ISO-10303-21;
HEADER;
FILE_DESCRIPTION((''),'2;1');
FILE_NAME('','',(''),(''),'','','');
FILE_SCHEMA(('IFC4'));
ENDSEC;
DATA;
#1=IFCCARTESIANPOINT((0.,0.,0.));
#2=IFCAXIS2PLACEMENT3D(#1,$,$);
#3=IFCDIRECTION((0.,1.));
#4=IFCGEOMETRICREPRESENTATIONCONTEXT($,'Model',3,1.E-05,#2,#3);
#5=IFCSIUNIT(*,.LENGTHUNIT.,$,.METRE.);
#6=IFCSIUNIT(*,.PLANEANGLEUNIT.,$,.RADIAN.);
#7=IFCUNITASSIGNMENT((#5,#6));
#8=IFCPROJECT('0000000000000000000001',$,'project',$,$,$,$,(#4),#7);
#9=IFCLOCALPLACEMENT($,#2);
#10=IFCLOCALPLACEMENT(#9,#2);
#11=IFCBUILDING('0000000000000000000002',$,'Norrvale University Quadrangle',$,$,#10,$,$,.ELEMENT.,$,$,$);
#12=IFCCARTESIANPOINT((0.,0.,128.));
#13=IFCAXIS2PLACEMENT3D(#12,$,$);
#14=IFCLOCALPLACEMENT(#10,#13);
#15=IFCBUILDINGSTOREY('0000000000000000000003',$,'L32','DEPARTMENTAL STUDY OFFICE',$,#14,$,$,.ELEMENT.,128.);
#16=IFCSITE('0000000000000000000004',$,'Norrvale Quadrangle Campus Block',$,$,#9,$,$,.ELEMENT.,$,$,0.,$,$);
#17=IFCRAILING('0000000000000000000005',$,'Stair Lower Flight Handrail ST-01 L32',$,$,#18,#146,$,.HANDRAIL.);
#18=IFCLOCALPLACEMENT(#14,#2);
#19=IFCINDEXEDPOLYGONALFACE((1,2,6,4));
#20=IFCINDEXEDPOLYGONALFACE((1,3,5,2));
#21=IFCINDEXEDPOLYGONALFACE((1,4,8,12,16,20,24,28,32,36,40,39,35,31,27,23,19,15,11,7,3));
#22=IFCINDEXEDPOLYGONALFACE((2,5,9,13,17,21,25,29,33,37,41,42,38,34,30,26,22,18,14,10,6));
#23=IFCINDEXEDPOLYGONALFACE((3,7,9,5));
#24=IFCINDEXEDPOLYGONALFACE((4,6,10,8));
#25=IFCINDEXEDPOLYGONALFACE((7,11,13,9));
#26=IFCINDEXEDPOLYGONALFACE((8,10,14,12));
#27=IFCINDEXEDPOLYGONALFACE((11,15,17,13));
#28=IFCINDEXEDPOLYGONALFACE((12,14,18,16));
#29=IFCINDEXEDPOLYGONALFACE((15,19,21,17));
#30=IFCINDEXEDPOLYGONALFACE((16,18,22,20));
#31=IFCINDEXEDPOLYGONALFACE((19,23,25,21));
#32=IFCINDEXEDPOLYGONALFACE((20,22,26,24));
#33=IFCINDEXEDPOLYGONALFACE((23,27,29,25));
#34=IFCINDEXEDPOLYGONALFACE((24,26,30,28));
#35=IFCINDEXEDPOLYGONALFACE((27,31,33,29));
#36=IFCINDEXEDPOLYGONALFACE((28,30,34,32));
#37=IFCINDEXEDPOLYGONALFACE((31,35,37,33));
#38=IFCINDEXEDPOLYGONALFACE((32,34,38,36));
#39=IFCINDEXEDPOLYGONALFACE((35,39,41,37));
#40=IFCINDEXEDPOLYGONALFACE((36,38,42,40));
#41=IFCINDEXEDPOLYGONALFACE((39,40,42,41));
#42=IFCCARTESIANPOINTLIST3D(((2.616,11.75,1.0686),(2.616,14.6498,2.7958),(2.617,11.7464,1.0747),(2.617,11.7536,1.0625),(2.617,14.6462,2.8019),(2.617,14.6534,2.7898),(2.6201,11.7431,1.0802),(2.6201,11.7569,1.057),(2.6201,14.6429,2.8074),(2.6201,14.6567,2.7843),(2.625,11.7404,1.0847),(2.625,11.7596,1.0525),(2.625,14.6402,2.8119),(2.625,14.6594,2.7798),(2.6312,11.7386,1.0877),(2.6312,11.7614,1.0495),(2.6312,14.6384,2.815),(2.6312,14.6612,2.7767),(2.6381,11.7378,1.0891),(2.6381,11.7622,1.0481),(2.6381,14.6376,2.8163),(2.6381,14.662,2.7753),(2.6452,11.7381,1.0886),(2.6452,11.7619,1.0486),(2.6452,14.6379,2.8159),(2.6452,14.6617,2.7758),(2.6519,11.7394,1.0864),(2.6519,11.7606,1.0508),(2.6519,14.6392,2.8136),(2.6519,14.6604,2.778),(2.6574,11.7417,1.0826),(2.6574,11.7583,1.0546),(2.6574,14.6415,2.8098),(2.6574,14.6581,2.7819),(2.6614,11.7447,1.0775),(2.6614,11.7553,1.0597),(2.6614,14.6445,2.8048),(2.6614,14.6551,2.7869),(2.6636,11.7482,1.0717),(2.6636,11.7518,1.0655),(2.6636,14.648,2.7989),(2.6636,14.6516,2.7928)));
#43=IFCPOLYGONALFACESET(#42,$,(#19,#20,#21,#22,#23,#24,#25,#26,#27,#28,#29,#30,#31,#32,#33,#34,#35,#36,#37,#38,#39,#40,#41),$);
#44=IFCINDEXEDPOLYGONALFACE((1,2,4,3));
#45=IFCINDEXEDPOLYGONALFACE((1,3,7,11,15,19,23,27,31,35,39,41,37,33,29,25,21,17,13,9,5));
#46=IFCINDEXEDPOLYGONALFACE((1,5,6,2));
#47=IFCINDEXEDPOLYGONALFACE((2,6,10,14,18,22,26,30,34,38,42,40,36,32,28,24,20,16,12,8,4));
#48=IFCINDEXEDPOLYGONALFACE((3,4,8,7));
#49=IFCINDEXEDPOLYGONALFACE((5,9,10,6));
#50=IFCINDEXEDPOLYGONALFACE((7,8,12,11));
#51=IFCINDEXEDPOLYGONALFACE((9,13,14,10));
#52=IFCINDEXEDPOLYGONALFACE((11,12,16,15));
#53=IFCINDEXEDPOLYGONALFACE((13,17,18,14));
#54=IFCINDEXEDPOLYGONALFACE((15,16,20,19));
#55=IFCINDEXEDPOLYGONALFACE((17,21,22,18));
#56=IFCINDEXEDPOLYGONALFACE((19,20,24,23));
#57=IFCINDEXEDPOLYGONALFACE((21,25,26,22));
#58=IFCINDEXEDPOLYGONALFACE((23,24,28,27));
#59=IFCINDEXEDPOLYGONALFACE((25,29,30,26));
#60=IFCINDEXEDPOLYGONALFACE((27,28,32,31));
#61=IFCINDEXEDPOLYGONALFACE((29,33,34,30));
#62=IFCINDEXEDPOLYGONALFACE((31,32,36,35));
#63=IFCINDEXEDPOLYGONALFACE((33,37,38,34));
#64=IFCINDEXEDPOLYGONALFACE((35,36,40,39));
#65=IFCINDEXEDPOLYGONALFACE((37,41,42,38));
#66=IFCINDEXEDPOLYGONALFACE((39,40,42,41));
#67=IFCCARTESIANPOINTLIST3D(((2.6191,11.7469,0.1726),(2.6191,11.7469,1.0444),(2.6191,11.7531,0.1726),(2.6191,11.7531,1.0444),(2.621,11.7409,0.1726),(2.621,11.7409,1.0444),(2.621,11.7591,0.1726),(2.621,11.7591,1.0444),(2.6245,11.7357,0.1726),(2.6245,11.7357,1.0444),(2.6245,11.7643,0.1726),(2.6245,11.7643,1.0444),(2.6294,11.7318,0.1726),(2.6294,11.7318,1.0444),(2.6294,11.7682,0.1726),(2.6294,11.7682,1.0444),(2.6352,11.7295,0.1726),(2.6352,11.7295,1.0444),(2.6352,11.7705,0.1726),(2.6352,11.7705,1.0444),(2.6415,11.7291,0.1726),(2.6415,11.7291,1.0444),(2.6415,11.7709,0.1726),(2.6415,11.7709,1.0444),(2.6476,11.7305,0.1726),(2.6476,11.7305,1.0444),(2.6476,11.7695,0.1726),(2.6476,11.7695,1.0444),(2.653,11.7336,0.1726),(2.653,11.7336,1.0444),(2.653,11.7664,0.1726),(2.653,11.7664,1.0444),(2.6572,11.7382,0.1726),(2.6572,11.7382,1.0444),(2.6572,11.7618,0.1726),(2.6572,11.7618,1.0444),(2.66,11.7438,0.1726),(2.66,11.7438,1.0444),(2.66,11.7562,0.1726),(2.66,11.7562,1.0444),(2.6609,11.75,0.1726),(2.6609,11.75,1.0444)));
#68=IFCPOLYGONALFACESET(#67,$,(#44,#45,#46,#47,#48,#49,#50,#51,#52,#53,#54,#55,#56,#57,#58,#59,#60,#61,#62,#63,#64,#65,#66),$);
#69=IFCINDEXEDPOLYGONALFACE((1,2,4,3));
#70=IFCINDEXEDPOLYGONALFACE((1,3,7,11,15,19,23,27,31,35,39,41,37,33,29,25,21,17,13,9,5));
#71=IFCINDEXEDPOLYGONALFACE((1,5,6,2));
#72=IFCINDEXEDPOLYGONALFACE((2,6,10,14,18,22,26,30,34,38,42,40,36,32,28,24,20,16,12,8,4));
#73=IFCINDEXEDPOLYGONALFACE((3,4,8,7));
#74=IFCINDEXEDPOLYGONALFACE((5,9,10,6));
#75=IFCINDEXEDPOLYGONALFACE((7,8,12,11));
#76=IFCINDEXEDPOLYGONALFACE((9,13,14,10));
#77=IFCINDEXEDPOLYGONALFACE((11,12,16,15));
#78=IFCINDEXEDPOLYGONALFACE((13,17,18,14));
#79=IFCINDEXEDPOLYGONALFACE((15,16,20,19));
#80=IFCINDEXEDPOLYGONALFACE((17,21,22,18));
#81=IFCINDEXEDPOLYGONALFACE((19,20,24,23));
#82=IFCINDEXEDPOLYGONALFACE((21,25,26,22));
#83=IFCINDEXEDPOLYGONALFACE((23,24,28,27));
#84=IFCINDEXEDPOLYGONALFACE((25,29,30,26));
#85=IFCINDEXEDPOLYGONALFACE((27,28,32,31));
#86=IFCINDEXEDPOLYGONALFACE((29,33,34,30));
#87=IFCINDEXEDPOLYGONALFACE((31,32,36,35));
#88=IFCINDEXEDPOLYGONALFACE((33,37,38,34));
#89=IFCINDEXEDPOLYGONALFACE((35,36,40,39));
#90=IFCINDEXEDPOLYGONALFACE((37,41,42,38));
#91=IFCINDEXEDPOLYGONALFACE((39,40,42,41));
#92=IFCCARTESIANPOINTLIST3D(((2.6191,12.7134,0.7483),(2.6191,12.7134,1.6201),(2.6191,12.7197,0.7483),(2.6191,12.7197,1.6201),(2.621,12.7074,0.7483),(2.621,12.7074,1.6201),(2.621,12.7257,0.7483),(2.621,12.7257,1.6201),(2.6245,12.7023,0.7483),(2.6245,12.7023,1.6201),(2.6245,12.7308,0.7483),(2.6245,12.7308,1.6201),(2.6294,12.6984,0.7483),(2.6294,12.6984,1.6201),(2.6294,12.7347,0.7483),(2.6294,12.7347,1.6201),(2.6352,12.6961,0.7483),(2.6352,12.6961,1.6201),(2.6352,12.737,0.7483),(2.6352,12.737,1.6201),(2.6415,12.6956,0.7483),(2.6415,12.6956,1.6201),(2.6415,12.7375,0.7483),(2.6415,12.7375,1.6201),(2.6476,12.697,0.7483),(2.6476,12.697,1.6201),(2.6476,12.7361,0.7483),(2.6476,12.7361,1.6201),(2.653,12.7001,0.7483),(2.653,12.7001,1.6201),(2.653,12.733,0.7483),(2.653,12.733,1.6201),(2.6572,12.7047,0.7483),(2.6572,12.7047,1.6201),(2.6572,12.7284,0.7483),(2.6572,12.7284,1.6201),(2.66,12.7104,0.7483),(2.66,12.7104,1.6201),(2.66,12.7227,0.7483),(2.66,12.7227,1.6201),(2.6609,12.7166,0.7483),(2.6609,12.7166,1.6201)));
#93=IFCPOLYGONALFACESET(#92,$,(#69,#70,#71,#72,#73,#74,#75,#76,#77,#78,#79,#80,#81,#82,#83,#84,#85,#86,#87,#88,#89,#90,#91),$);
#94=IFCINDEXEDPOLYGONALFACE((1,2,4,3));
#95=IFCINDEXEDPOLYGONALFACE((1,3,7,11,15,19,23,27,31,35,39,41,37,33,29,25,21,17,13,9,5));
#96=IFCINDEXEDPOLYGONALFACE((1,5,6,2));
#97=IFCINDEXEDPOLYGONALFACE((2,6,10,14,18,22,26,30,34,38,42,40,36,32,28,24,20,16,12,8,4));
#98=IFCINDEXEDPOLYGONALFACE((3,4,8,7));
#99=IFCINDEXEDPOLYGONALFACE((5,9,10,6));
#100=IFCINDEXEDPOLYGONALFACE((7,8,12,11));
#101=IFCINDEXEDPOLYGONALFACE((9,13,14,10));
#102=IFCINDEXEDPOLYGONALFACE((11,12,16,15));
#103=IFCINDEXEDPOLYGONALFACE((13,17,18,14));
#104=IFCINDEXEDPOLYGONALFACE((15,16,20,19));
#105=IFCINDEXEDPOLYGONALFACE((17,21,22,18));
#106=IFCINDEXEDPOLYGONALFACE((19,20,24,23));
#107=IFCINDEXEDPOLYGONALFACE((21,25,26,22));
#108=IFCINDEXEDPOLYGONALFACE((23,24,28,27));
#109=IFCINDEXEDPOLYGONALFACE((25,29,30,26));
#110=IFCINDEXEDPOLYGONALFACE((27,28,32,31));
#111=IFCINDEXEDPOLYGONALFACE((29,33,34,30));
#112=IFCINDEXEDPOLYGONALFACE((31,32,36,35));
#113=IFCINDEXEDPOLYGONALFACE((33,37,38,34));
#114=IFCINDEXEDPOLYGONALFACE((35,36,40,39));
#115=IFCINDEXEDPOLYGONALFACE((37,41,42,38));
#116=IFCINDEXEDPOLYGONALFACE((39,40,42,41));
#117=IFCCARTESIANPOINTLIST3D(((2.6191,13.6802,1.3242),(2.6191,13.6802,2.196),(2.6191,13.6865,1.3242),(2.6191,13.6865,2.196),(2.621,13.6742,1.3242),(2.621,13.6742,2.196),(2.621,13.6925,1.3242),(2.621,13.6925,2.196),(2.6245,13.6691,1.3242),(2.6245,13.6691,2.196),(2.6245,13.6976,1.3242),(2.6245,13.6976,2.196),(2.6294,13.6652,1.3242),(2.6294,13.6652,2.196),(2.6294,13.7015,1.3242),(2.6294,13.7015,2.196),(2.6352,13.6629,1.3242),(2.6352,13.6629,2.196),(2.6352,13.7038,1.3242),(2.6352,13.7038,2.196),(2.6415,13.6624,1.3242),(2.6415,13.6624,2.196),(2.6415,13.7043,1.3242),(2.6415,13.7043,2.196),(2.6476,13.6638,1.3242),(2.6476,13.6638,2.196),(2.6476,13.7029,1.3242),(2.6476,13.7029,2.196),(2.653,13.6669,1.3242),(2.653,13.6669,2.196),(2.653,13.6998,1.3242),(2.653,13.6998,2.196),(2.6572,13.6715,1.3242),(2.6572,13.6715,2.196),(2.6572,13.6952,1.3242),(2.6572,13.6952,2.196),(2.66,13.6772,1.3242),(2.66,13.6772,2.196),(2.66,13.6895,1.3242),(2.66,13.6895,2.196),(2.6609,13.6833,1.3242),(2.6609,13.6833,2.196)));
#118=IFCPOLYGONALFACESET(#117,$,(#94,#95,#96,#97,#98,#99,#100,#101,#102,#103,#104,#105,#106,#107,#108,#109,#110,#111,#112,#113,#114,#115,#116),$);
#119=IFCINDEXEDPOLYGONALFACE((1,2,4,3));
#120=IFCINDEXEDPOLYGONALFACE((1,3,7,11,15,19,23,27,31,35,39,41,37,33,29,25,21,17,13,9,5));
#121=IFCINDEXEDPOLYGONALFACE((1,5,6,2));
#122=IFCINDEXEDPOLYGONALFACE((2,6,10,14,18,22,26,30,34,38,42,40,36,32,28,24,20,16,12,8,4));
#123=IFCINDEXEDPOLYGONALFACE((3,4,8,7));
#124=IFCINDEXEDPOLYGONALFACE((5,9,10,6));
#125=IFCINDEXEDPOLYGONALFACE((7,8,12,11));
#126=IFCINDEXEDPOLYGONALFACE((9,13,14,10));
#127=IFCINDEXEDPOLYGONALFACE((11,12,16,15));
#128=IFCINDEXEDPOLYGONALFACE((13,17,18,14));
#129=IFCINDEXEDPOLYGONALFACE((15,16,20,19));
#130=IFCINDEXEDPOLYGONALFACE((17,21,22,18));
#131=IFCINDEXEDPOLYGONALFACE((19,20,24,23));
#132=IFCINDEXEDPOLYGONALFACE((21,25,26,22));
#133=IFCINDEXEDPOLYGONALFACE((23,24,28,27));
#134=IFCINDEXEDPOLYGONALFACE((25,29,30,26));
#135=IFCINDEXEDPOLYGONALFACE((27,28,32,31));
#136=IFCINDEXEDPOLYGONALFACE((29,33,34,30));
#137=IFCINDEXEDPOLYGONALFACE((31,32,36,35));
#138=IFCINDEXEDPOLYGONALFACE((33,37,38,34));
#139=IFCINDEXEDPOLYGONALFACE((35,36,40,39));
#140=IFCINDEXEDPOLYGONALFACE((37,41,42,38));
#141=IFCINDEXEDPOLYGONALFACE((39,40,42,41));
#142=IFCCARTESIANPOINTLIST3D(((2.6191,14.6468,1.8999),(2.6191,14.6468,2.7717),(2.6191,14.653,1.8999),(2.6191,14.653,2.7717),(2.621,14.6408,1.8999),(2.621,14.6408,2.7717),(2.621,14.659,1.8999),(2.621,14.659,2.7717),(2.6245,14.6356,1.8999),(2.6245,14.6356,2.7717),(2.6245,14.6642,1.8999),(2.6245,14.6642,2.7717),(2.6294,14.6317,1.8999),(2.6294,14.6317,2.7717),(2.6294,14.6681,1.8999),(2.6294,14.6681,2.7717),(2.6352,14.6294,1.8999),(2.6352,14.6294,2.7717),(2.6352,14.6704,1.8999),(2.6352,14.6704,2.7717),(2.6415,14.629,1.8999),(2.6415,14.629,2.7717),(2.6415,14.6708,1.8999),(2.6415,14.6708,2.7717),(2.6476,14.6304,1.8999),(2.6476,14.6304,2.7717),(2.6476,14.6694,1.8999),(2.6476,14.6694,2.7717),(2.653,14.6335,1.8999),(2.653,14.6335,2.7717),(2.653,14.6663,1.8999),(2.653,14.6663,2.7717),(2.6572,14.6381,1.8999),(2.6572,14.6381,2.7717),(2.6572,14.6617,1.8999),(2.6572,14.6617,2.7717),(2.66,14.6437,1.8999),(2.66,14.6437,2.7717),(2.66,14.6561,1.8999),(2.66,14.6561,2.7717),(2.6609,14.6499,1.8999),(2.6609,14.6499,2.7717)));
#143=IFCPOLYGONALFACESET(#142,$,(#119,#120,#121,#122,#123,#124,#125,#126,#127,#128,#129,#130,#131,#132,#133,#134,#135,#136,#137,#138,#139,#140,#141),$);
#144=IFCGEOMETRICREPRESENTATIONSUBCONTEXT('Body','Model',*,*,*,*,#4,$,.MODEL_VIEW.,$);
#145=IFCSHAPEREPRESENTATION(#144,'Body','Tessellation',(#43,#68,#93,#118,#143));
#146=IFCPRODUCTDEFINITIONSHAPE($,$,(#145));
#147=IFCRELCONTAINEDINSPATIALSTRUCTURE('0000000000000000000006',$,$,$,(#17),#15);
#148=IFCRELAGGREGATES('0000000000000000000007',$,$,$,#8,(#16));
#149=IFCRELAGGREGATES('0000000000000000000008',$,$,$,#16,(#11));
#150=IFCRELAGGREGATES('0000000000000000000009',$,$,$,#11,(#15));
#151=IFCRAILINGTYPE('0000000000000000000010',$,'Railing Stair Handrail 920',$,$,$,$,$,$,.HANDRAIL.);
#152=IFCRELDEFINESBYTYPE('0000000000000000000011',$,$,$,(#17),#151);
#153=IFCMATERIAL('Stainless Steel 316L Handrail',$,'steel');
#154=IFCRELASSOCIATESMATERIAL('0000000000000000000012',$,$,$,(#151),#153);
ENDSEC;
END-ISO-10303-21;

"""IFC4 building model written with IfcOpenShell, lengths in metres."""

from ifc_helpers import new_model, si_unit, direction, frame, origin, origin_2d, place, context, subcontext, project, spatial, circle, extrude, material, type_object, element, save


model = new_model("IFC4")

# Units and contexts
model_context = context("Model", 3, precision=1e-05, world=origin(), true_north=direction((0.0, 1.0)))
body_context = subcontext(model_context, "Body", "Model", "MODEL_VIEW")
ifc_project = project(units=[si_unit("LENGTHUNIT", "METRE"), si_unit("PLANEANGLEUNIT", "RADIAN")], contexts=[model_context])

# Site, building, storey
site_placement = place(None, origin())
site = spatial("IfcSite", under=ifc_project, at=site_placement, Name="Norrvale Quadrangle Campus Block", CompositionType="ELEMENT", RefElevation=0.0)
building_placement = place(site_placement, origin())
building = spatial("IfcBuilding", under=site, at=building_placement, Name="Norrvale University Quadrangle", CompositionType="ELEMENT")
storey_placement = place(building_placement, frame((0.0, 0.0, 128.0)))
storey = spatial("IfcBuildingStorey", under=building, at=storey_placement, Name="L32", Description="DEPARTMENTAL STUDY OFFICE", CompositionType="ELEMENT", Elevation=128.0)

# Railing
ifc_material_1 = material(Name="Stainless Steel 316L Handrail", Category="steel")
railing_type_1 = type_object("IfcRailingType", Name="Railing Stair Handrail 920", PredefinedType="HANDRAIL", material=ifc_material_1)
railing_placement = place(storey_placement, frame((2.6399, 11.75, 0.1726)))
element("IfcRailing", 1, at=railing_placement, inside=storey, type_object=railing_type_1, Name="Stair Lower Flight Handrail ST-01 L32", PredefinedType="HANDRAIL", context=body_context, shape_type="SweptSolid", body=[
    extrude(circle(Radius=0.0239, at=origin_2d()), frame((0.0, 0.0, 0.896), z_axis=(0.0, 0.859141, 0.511738), x_axis=(-1.0, 0.0, 0.0)), (0.0, 0.0, 1.0), 3.3752),
    extrude(circle(Radius=0.021, at=origin_2d()), origin(), (0.0, 0.0, 1.0), 0.8718),
    extrude(circle(Radius=0.021, at=origin_2d()), frame((0.0, 0.9666, 0.5757)), (0.0, 0.0, 1.0), 0.8718),
    extrude(circle(Radius=0.021, at=origin_2d()), frame((0.0, 1.9333, 1.1516)), (0.0, 0.0, 1.0), 0.8718),
    extrude(circle(Radius=0.021, at=origin_2d()), frame((0.0, 2.8999, 1.7273)), (0.0, 0.0, 1.0), 0.8718),
])

save(model, "model.ifc")
